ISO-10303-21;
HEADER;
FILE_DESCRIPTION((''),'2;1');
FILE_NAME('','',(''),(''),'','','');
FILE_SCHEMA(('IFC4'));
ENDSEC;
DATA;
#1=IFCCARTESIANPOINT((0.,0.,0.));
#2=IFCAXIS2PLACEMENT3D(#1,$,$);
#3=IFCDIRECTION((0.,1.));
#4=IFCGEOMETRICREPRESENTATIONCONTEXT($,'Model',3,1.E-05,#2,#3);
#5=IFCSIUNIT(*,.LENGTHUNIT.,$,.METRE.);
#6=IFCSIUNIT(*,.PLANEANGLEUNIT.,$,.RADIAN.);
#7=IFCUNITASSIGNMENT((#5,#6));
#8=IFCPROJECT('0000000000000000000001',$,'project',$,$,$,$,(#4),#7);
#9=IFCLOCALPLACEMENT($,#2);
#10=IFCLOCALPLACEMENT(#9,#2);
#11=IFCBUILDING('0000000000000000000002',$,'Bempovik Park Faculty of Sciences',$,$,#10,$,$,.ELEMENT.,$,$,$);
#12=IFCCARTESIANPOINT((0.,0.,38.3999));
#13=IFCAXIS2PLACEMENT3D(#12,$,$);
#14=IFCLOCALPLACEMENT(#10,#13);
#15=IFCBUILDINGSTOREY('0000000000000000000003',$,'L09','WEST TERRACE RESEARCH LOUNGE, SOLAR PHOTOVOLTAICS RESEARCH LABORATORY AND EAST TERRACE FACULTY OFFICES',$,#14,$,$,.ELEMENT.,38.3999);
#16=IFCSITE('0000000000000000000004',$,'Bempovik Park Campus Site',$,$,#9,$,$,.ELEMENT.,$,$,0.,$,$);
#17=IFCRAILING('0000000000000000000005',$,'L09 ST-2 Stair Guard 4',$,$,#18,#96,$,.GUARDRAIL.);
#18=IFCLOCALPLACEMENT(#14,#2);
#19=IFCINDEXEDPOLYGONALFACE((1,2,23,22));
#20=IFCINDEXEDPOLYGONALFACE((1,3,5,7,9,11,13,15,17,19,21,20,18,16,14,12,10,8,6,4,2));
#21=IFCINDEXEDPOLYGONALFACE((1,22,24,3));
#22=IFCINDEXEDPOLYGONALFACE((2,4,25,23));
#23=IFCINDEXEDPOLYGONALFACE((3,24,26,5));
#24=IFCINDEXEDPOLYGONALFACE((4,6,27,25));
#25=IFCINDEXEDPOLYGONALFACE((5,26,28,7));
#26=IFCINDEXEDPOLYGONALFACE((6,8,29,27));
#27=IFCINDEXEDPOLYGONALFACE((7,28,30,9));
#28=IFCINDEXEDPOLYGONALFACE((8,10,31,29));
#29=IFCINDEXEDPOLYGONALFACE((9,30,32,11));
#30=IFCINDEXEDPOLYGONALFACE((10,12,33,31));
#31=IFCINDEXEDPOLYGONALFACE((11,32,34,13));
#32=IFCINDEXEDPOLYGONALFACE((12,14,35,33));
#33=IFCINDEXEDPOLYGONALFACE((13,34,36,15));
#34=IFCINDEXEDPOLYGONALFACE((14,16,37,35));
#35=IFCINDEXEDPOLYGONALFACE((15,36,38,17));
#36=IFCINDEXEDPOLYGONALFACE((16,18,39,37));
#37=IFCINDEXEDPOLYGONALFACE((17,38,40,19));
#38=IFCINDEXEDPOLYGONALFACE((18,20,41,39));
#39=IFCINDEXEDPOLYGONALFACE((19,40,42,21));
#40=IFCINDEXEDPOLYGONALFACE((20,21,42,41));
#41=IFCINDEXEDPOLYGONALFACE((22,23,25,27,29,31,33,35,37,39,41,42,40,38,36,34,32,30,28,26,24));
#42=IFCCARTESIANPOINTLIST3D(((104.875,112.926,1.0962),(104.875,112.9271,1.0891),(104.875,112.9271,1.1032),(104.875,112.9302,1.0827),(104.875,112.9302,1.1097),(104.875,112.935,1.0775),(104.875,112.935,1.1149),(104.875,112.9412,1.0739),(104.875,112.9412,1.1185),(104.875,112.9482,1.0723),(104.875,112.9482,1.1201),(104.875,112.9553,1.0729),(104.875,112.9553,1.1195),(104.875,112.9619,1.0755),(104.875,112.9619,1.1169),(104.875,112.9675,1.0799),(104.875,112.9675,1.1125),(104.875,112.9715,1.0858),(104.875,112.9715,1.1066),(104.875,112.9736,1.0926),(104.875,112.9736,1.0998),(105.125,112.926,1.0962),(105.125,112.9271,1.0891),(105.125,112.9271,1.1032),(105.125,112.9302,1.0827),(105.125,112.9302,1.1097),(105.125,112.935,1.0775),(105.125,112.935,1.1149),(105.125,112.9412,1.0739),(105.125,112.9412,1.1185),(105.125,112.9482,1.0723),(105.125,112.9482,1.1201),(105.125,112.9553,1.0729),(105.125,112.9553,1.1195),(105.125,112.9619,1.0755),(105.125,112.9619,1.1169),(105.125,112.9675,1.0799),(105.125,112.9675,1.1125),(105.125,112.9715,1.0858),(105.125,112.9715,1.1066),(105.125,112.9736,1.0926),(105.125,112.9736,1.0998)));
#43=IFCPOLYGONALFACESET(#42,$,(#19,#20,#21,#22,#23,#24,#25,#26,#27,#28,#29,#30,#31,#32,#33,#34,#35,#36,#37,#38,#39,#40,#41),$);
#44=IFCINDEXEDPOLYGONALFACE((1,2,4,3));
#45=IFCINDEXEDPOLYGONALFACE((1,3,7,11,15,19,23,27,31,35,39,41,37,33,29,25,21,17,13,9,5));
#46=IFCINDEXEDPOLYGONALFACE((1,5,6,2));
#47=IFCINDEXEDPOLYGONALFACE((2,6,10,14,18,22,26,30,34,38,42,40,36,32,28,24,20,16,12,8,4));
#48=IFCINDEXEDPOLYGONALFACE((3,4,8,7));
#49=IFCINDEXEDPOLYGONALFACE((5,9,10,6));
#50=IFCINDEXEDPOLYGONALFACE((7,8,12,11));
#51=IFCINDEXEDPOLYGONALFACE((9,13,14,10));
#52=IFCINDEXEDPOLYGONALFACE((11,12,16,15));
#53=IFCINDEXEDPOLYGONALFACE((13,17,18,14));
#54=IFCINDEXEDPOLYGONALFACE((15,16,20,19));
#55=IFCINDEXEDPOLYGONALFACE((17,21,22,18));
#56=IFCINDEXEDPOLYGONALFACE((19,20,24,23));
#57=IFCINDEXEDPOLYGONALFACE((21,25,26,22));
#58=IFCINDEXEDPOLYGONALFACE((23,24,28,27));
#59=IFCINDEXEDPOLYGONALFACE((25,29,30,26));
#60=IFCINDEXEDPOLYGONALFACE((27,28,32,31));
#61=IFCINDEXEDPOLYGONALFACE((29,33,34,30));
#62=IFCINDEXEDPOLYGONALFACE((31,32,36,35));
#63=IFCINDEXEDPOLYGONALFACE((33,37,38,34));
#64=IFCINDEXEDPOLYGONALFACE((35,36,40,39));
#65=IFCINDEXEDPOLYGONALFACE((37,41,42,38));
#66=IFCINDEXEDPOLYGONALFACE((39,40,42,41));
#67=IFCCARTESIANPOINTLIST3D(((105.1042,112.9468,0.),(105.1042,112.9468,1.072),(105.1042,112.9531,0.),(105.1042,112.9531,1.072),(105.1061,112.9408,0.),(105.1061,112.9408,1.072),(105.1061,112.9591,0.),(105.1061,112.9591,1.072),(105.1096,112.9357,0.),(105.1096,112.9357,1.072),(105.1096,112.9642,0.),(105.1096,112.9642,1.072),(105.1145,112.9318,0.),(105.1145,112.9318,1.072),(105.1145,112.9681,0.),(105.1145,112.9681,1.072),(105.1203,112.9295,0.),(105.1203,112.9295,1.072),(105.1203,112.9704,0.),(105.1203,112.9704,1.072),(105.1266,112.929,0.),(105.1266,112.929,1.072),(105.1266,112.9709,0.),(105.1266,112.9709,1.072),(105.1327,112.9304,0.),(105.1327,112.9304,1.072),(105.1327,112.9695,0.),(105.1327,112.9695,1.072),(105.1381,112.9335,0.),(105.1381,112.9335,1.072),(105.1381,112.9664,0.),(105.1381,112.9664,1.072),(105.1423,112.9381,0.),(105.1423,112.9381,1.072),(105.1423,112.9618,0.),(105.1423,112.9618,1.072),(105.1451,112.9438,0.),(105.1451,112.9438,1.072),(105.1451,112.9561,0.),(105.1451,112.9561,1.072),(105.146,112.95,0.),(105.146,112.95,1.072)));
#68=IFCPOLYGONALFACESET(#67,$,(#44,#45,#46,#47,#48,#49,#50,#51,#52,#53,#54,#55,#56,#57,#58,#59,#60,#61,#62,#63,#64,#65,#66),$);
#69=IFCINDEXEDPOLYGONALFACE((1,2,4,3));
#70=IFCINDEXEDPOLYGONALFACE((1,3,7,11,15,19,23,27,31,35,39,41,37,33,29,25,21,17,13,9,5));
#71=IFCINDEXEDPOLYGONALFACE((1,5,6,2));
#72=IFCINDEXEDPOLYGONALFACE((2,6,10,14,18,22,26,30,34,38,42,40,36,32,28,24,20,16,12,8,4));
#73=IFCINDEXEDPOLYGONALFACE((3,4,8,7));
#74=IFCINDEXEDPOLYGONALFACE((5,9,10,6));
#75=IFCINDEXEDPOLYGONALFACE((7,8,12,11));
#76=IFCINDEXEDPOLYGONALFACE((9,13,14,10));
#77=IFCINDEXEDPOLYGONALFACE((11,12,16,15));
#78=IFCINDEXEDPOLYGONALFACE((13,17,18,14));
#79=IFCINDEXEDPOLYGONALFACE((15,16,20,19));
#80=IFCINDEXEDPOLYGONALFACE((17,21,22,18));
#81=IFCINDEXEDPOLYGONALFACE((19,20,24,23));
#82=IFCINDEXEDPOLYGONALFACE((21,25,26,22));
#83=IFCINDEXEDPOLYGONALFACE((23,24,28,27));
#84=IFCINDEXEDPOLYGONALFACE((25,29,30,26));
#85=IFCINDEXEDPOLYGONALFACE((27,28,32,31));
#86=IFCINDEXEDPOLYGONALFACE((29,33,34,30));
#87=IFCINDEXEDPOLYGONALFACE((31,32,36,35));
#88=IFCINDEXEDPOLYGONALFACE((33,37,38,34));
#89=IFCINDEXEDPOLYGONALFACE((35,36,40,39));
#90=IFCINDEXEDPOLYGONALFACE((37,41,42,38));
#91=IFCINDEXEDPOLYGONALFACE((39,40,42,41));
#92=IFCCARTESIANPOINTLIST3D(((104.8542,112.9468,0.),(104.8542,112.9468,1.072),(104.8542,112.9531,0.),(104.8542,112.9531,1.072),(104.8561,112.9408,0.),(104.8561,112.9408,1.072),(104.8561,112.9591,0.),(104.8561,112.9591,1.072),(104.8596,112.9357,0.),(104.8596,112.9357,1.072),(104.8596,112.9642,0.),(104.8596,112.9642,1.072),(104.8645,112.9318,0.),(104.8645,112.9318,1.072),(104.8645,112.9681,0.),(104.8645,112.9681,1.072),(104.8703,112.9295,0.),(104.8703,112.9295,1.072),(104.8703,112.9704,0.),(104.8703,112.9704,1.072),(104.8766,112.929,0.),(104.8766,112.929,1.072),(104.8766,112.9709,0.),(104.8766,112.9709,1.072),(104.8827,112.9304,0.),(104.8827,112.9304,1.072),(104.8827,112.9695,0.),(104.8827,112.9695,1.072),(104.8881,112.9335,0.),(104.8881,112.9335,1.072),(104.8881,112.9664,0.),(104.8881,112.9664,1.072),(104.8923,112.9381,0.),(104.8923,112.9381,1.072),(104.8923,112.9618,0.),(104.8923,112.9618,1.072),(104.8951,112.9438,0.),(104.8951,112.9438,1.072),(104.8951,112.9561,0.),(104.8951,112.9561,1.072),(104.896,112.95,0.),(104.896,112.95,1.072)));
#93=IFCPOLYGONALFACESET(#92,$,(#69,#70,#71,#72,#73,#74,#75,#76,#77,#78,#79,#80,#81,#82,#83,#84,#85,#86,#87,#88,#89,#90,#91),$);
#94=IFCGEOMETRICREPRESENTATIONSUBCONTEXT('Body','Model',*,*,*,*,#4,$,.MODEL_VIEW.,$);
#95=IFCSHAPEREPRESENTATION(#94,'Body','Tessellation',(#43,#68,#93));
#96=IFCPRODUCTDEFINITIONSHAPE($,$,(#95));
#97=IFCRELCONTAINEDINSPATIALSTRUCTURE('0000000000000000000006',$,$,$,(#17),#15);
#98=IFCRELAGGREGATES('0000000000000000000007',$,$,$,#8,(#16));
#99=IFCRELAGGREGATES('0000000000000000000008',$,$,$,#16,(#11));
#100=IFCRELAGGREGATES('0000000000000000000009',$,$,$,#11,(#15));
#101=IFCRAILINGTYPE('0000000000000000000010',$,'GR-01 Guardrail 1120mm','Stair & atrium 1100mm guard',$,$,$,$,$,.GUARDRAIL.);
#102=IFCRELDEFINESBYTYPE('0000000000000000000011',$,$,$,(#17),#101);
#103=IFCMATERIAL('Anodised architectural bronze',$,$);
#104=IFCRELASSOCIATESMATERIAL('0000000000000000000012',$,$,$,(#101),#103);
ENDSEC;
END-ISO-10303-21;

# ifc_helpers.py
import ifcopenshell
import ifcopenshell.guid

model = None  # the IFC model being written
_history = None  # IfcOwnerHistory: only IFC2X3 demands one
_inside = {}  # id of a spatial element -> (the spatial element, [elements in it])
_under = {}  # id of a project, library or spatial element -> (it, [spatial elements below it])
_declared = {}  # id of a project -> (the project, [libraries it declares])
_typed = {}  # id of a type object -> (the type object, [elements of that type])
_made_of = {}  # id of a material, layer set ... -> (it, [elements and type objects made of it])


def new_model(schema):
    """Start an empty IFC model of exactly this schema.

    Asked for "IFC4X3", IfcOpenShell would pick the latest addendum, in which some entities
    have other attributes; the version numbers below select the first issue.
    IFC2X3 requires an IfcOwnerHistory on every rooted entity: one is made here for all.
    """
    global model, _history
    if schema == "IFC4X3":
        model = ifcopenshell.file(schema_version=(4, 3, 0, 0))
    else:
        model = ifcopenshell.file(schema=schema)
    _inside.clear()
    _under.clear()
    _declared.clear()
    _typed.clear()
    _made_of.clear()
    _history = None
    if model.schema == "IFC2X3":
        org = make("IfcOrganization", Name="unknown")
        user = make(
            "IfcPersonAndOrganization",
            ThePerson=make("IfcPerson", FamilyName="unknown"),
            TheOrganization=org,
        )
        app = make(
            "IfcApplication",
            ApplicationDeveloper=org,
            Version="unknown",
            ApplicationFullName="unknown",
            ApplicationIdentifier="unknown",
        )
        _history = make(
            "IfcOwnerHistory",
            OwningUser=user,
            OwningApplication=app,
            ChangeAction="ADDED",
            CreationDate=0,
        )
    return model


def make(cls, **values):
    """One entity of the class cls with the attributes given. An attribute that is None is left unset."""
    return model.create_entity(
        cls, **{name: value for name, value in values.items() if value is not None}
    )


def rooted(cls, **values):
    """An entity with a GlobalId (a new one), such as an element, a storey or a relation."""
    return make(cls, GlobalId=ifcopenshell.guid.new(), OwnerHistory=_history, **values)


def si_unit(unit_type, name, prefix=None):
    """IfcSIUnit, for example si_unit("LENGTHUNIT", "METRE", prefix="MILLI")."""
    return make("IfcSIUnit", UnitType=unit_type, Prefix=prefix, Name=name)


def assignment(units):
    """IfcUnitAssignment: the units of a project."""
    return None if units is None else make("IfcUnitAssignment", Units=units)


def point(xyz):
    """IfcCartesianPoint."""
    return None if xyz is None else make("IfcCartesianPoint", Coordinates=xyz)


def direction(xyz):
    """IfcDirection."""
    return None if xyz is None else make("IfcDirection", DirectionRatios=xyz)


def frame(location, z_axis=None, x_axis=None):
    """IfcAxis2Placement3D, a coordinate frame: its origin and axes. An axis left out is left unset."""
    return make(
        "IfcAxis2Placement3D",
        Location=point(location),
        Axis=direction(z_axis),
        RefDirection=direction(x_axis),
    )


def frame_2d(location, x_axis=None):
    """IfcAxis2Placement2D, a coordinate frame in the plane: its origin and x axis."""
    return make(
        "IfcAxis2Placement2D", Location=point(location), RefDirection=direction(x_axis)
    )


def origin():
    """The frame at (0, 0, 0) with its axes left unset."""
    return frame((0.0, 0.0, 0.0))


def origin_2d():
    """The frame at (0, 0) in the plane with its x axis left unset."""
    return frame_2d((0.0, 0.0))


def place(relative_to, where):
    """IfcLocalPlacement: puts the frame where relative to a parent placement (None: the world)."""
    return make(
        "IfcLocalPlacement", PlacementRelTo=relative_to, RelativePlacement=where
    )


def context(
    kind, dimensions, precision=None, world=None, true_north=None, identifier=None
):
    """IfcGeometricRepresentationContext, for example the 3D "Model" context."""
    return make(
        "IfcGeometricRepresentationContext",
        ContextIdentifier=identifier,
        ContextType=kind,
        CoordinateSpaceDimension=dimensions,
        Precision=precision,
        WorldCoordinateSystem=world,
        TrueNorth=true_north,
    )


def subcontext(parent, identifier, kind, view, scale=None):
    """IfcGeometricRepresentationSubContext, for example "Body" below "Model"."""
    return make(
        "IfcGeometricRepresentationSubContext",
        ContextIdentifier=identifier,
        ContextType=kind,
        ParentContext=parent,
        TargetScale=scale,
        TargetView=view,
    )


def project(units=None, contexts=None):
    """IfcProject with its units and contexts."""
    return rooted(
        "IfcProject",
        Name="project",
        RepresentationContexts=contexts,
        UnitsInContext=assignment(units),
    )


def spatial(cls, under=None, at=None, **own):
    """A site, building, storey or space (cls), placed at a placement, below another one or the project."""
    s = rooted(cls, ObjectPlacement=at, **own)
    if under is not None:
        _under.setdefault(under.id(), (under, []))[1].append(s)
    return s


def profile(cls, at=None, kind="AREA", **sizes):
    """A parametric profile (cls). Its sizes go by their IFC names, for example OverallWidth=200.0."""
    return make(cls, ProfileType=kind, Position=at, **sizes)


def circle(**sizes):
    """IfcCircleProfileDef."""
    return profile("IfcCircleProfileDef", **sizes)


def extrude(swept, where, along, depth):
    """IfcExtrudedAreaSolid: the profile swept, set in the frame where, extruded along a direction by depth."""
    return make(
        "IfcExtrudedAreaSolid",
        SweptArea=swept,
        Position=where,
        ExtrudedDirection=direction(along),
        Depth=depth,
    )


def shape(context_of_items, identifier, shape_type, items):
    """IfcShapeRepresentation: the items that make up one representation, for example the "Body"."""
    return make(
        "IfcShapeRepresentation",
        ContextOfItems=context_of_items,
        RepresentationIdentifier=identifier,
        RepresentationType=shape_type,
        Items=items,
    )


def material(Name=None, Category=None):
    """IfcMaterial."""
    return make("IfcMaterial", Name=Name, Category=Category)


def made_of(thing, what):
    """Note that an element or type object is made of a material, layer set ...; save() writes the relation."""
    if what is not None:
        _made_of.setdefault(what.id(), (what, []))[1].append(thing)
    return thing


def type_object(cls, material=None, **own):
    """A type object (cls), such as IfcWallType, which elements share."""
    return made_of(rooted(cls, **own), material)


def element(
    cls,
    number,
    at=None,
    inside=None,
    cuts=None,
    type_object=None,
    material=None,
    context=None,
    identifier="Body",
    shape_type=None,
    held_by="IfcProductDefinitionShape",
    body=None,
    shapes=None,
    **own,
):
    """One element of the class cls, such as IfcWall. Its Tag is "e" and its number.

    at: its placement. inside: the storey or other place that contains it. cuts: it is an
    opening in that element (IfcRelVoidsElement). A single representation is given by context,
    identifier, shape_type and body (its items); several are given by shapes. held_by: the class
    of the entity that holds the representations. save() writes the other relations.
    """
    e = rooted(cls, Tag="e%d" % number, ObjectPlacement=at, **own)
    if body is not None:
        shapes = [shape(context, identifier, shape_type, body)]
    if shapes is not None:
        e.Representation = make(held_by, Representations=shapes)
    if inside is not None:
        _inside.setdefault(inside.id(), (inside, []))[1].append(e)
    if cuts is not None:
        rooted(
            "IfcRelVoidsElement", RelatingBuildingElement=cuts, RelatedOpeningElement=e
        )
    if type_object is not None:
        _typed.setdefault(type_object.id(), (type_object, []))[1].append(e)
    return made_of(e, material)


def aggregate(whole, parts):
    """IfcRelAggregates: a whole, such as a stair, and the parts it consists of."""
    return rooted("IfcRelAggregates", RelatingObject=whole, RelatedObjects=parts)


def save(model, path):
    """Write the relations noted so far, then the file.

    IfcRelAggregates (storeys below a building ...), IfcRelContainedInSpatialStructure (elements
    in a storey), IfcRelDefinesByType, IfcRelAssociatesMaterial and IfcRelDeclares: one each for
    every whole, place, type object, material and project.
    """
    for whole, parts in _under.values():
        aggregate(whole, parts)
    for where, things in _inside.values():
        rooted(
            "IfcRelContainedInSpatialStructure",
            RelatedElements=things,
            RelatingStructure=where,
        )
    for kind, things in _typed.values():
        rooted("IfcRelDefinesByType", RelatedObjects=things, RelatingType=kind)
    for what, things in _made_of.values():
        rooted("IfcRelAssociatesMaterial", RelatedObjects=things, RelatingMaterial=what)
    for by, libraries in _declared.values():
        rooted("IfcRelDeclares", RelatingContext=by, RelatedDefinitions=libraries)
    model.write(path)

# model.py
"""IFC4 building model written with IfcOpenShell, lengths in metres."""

from ifc_helpers import new_model, si_unit, direction, frame, origin, origin_2d, place, context, subcontext, project, spatial, circle, extrude, material, type_object, element, save


model = new_model("IFC4")

# Units and contexts
model_context = context("Model", 3, precision=1e-05, world=origin(), true_north=direction((0.0, 1.0)))
body_context = subcontext(model_context, "Body", "Model", "MODEL_VIEW")
ifc_project = project(units=[si_unit("LENGTHUNIT", "METRE"), si_unit("PLANEANGLEUNIT", "RADIAN")], contexts=[model_context])

# Site, building, storey
site_placement = place(None, origin())
site = spatial("IfcSite", under=ifc_project, at=site_placement, Name="Bempovik Park Campus Site", CompositionType="ELEMENT", RefElevation=0.0)
building_placement = place(site_placement, origin())
building = spatial("IfcBuilding", under=site, at=building_placement, Name="Bempovik Park Faculty of Sciences", CompositionType="ELEMENT")
storey_placement = place(building_placement, frame((0.0, 0.0, 38.3999)))
storey = spatial("IfcBuildingStorey", under=building, at=storey_placement, Name="L09", Description="WEST TERRACE RESEARCH LOUNGE, SOLAR PHOTOVOLTAICS RESEARCH LABORATORY AND EAST TERRACE FACULTY OFFICES", CompositionType="ELEMENT", Elevation=38.3999)

# Railing
ifc_material_1 = material(Name="Anodised architectural bronze")
railing_type_1 = type_object("IfcRailingType", Name="GR-01 Guardrail 1120mm", Description="Stair & atrium 1100mm guard", PredefinedType="GUARDRAIL", material=ifc_material_1)
railing_1_placement = place(storey_placement, frame((105.125, 112.95, 0.0)))
element("IfcRailing", 1, at=railing_1_placement, inside=storey, type_object=railing_type_1, Name="L09 ST-2 Stair Guard 4", PredefinedType="GUARDRAIL", context=body_context, shape_type="SweptSolid", body=[
    extrude(circle(Radius=0.0239, at=origin_2d()), frame((0.0, 0.0, 1.0962), z_axis=(-1.0, 0.0, 0.0), x_axis=(0.0, -1.0, 0.0)), (0.0, 0.0, 1.0), 0.25),
    extrude(circle(Radius=0.021, at=origin_2d()), origin(), (0.0, 0.0, 1.0), 1.072),
    extrude(circle(Radius=0.021, at=origin_2d()), frame((-0.25, 0.0, 0.0)), (0.0, 0.0, 1.0), 1.072),
])

save(model, "model.ifc")
